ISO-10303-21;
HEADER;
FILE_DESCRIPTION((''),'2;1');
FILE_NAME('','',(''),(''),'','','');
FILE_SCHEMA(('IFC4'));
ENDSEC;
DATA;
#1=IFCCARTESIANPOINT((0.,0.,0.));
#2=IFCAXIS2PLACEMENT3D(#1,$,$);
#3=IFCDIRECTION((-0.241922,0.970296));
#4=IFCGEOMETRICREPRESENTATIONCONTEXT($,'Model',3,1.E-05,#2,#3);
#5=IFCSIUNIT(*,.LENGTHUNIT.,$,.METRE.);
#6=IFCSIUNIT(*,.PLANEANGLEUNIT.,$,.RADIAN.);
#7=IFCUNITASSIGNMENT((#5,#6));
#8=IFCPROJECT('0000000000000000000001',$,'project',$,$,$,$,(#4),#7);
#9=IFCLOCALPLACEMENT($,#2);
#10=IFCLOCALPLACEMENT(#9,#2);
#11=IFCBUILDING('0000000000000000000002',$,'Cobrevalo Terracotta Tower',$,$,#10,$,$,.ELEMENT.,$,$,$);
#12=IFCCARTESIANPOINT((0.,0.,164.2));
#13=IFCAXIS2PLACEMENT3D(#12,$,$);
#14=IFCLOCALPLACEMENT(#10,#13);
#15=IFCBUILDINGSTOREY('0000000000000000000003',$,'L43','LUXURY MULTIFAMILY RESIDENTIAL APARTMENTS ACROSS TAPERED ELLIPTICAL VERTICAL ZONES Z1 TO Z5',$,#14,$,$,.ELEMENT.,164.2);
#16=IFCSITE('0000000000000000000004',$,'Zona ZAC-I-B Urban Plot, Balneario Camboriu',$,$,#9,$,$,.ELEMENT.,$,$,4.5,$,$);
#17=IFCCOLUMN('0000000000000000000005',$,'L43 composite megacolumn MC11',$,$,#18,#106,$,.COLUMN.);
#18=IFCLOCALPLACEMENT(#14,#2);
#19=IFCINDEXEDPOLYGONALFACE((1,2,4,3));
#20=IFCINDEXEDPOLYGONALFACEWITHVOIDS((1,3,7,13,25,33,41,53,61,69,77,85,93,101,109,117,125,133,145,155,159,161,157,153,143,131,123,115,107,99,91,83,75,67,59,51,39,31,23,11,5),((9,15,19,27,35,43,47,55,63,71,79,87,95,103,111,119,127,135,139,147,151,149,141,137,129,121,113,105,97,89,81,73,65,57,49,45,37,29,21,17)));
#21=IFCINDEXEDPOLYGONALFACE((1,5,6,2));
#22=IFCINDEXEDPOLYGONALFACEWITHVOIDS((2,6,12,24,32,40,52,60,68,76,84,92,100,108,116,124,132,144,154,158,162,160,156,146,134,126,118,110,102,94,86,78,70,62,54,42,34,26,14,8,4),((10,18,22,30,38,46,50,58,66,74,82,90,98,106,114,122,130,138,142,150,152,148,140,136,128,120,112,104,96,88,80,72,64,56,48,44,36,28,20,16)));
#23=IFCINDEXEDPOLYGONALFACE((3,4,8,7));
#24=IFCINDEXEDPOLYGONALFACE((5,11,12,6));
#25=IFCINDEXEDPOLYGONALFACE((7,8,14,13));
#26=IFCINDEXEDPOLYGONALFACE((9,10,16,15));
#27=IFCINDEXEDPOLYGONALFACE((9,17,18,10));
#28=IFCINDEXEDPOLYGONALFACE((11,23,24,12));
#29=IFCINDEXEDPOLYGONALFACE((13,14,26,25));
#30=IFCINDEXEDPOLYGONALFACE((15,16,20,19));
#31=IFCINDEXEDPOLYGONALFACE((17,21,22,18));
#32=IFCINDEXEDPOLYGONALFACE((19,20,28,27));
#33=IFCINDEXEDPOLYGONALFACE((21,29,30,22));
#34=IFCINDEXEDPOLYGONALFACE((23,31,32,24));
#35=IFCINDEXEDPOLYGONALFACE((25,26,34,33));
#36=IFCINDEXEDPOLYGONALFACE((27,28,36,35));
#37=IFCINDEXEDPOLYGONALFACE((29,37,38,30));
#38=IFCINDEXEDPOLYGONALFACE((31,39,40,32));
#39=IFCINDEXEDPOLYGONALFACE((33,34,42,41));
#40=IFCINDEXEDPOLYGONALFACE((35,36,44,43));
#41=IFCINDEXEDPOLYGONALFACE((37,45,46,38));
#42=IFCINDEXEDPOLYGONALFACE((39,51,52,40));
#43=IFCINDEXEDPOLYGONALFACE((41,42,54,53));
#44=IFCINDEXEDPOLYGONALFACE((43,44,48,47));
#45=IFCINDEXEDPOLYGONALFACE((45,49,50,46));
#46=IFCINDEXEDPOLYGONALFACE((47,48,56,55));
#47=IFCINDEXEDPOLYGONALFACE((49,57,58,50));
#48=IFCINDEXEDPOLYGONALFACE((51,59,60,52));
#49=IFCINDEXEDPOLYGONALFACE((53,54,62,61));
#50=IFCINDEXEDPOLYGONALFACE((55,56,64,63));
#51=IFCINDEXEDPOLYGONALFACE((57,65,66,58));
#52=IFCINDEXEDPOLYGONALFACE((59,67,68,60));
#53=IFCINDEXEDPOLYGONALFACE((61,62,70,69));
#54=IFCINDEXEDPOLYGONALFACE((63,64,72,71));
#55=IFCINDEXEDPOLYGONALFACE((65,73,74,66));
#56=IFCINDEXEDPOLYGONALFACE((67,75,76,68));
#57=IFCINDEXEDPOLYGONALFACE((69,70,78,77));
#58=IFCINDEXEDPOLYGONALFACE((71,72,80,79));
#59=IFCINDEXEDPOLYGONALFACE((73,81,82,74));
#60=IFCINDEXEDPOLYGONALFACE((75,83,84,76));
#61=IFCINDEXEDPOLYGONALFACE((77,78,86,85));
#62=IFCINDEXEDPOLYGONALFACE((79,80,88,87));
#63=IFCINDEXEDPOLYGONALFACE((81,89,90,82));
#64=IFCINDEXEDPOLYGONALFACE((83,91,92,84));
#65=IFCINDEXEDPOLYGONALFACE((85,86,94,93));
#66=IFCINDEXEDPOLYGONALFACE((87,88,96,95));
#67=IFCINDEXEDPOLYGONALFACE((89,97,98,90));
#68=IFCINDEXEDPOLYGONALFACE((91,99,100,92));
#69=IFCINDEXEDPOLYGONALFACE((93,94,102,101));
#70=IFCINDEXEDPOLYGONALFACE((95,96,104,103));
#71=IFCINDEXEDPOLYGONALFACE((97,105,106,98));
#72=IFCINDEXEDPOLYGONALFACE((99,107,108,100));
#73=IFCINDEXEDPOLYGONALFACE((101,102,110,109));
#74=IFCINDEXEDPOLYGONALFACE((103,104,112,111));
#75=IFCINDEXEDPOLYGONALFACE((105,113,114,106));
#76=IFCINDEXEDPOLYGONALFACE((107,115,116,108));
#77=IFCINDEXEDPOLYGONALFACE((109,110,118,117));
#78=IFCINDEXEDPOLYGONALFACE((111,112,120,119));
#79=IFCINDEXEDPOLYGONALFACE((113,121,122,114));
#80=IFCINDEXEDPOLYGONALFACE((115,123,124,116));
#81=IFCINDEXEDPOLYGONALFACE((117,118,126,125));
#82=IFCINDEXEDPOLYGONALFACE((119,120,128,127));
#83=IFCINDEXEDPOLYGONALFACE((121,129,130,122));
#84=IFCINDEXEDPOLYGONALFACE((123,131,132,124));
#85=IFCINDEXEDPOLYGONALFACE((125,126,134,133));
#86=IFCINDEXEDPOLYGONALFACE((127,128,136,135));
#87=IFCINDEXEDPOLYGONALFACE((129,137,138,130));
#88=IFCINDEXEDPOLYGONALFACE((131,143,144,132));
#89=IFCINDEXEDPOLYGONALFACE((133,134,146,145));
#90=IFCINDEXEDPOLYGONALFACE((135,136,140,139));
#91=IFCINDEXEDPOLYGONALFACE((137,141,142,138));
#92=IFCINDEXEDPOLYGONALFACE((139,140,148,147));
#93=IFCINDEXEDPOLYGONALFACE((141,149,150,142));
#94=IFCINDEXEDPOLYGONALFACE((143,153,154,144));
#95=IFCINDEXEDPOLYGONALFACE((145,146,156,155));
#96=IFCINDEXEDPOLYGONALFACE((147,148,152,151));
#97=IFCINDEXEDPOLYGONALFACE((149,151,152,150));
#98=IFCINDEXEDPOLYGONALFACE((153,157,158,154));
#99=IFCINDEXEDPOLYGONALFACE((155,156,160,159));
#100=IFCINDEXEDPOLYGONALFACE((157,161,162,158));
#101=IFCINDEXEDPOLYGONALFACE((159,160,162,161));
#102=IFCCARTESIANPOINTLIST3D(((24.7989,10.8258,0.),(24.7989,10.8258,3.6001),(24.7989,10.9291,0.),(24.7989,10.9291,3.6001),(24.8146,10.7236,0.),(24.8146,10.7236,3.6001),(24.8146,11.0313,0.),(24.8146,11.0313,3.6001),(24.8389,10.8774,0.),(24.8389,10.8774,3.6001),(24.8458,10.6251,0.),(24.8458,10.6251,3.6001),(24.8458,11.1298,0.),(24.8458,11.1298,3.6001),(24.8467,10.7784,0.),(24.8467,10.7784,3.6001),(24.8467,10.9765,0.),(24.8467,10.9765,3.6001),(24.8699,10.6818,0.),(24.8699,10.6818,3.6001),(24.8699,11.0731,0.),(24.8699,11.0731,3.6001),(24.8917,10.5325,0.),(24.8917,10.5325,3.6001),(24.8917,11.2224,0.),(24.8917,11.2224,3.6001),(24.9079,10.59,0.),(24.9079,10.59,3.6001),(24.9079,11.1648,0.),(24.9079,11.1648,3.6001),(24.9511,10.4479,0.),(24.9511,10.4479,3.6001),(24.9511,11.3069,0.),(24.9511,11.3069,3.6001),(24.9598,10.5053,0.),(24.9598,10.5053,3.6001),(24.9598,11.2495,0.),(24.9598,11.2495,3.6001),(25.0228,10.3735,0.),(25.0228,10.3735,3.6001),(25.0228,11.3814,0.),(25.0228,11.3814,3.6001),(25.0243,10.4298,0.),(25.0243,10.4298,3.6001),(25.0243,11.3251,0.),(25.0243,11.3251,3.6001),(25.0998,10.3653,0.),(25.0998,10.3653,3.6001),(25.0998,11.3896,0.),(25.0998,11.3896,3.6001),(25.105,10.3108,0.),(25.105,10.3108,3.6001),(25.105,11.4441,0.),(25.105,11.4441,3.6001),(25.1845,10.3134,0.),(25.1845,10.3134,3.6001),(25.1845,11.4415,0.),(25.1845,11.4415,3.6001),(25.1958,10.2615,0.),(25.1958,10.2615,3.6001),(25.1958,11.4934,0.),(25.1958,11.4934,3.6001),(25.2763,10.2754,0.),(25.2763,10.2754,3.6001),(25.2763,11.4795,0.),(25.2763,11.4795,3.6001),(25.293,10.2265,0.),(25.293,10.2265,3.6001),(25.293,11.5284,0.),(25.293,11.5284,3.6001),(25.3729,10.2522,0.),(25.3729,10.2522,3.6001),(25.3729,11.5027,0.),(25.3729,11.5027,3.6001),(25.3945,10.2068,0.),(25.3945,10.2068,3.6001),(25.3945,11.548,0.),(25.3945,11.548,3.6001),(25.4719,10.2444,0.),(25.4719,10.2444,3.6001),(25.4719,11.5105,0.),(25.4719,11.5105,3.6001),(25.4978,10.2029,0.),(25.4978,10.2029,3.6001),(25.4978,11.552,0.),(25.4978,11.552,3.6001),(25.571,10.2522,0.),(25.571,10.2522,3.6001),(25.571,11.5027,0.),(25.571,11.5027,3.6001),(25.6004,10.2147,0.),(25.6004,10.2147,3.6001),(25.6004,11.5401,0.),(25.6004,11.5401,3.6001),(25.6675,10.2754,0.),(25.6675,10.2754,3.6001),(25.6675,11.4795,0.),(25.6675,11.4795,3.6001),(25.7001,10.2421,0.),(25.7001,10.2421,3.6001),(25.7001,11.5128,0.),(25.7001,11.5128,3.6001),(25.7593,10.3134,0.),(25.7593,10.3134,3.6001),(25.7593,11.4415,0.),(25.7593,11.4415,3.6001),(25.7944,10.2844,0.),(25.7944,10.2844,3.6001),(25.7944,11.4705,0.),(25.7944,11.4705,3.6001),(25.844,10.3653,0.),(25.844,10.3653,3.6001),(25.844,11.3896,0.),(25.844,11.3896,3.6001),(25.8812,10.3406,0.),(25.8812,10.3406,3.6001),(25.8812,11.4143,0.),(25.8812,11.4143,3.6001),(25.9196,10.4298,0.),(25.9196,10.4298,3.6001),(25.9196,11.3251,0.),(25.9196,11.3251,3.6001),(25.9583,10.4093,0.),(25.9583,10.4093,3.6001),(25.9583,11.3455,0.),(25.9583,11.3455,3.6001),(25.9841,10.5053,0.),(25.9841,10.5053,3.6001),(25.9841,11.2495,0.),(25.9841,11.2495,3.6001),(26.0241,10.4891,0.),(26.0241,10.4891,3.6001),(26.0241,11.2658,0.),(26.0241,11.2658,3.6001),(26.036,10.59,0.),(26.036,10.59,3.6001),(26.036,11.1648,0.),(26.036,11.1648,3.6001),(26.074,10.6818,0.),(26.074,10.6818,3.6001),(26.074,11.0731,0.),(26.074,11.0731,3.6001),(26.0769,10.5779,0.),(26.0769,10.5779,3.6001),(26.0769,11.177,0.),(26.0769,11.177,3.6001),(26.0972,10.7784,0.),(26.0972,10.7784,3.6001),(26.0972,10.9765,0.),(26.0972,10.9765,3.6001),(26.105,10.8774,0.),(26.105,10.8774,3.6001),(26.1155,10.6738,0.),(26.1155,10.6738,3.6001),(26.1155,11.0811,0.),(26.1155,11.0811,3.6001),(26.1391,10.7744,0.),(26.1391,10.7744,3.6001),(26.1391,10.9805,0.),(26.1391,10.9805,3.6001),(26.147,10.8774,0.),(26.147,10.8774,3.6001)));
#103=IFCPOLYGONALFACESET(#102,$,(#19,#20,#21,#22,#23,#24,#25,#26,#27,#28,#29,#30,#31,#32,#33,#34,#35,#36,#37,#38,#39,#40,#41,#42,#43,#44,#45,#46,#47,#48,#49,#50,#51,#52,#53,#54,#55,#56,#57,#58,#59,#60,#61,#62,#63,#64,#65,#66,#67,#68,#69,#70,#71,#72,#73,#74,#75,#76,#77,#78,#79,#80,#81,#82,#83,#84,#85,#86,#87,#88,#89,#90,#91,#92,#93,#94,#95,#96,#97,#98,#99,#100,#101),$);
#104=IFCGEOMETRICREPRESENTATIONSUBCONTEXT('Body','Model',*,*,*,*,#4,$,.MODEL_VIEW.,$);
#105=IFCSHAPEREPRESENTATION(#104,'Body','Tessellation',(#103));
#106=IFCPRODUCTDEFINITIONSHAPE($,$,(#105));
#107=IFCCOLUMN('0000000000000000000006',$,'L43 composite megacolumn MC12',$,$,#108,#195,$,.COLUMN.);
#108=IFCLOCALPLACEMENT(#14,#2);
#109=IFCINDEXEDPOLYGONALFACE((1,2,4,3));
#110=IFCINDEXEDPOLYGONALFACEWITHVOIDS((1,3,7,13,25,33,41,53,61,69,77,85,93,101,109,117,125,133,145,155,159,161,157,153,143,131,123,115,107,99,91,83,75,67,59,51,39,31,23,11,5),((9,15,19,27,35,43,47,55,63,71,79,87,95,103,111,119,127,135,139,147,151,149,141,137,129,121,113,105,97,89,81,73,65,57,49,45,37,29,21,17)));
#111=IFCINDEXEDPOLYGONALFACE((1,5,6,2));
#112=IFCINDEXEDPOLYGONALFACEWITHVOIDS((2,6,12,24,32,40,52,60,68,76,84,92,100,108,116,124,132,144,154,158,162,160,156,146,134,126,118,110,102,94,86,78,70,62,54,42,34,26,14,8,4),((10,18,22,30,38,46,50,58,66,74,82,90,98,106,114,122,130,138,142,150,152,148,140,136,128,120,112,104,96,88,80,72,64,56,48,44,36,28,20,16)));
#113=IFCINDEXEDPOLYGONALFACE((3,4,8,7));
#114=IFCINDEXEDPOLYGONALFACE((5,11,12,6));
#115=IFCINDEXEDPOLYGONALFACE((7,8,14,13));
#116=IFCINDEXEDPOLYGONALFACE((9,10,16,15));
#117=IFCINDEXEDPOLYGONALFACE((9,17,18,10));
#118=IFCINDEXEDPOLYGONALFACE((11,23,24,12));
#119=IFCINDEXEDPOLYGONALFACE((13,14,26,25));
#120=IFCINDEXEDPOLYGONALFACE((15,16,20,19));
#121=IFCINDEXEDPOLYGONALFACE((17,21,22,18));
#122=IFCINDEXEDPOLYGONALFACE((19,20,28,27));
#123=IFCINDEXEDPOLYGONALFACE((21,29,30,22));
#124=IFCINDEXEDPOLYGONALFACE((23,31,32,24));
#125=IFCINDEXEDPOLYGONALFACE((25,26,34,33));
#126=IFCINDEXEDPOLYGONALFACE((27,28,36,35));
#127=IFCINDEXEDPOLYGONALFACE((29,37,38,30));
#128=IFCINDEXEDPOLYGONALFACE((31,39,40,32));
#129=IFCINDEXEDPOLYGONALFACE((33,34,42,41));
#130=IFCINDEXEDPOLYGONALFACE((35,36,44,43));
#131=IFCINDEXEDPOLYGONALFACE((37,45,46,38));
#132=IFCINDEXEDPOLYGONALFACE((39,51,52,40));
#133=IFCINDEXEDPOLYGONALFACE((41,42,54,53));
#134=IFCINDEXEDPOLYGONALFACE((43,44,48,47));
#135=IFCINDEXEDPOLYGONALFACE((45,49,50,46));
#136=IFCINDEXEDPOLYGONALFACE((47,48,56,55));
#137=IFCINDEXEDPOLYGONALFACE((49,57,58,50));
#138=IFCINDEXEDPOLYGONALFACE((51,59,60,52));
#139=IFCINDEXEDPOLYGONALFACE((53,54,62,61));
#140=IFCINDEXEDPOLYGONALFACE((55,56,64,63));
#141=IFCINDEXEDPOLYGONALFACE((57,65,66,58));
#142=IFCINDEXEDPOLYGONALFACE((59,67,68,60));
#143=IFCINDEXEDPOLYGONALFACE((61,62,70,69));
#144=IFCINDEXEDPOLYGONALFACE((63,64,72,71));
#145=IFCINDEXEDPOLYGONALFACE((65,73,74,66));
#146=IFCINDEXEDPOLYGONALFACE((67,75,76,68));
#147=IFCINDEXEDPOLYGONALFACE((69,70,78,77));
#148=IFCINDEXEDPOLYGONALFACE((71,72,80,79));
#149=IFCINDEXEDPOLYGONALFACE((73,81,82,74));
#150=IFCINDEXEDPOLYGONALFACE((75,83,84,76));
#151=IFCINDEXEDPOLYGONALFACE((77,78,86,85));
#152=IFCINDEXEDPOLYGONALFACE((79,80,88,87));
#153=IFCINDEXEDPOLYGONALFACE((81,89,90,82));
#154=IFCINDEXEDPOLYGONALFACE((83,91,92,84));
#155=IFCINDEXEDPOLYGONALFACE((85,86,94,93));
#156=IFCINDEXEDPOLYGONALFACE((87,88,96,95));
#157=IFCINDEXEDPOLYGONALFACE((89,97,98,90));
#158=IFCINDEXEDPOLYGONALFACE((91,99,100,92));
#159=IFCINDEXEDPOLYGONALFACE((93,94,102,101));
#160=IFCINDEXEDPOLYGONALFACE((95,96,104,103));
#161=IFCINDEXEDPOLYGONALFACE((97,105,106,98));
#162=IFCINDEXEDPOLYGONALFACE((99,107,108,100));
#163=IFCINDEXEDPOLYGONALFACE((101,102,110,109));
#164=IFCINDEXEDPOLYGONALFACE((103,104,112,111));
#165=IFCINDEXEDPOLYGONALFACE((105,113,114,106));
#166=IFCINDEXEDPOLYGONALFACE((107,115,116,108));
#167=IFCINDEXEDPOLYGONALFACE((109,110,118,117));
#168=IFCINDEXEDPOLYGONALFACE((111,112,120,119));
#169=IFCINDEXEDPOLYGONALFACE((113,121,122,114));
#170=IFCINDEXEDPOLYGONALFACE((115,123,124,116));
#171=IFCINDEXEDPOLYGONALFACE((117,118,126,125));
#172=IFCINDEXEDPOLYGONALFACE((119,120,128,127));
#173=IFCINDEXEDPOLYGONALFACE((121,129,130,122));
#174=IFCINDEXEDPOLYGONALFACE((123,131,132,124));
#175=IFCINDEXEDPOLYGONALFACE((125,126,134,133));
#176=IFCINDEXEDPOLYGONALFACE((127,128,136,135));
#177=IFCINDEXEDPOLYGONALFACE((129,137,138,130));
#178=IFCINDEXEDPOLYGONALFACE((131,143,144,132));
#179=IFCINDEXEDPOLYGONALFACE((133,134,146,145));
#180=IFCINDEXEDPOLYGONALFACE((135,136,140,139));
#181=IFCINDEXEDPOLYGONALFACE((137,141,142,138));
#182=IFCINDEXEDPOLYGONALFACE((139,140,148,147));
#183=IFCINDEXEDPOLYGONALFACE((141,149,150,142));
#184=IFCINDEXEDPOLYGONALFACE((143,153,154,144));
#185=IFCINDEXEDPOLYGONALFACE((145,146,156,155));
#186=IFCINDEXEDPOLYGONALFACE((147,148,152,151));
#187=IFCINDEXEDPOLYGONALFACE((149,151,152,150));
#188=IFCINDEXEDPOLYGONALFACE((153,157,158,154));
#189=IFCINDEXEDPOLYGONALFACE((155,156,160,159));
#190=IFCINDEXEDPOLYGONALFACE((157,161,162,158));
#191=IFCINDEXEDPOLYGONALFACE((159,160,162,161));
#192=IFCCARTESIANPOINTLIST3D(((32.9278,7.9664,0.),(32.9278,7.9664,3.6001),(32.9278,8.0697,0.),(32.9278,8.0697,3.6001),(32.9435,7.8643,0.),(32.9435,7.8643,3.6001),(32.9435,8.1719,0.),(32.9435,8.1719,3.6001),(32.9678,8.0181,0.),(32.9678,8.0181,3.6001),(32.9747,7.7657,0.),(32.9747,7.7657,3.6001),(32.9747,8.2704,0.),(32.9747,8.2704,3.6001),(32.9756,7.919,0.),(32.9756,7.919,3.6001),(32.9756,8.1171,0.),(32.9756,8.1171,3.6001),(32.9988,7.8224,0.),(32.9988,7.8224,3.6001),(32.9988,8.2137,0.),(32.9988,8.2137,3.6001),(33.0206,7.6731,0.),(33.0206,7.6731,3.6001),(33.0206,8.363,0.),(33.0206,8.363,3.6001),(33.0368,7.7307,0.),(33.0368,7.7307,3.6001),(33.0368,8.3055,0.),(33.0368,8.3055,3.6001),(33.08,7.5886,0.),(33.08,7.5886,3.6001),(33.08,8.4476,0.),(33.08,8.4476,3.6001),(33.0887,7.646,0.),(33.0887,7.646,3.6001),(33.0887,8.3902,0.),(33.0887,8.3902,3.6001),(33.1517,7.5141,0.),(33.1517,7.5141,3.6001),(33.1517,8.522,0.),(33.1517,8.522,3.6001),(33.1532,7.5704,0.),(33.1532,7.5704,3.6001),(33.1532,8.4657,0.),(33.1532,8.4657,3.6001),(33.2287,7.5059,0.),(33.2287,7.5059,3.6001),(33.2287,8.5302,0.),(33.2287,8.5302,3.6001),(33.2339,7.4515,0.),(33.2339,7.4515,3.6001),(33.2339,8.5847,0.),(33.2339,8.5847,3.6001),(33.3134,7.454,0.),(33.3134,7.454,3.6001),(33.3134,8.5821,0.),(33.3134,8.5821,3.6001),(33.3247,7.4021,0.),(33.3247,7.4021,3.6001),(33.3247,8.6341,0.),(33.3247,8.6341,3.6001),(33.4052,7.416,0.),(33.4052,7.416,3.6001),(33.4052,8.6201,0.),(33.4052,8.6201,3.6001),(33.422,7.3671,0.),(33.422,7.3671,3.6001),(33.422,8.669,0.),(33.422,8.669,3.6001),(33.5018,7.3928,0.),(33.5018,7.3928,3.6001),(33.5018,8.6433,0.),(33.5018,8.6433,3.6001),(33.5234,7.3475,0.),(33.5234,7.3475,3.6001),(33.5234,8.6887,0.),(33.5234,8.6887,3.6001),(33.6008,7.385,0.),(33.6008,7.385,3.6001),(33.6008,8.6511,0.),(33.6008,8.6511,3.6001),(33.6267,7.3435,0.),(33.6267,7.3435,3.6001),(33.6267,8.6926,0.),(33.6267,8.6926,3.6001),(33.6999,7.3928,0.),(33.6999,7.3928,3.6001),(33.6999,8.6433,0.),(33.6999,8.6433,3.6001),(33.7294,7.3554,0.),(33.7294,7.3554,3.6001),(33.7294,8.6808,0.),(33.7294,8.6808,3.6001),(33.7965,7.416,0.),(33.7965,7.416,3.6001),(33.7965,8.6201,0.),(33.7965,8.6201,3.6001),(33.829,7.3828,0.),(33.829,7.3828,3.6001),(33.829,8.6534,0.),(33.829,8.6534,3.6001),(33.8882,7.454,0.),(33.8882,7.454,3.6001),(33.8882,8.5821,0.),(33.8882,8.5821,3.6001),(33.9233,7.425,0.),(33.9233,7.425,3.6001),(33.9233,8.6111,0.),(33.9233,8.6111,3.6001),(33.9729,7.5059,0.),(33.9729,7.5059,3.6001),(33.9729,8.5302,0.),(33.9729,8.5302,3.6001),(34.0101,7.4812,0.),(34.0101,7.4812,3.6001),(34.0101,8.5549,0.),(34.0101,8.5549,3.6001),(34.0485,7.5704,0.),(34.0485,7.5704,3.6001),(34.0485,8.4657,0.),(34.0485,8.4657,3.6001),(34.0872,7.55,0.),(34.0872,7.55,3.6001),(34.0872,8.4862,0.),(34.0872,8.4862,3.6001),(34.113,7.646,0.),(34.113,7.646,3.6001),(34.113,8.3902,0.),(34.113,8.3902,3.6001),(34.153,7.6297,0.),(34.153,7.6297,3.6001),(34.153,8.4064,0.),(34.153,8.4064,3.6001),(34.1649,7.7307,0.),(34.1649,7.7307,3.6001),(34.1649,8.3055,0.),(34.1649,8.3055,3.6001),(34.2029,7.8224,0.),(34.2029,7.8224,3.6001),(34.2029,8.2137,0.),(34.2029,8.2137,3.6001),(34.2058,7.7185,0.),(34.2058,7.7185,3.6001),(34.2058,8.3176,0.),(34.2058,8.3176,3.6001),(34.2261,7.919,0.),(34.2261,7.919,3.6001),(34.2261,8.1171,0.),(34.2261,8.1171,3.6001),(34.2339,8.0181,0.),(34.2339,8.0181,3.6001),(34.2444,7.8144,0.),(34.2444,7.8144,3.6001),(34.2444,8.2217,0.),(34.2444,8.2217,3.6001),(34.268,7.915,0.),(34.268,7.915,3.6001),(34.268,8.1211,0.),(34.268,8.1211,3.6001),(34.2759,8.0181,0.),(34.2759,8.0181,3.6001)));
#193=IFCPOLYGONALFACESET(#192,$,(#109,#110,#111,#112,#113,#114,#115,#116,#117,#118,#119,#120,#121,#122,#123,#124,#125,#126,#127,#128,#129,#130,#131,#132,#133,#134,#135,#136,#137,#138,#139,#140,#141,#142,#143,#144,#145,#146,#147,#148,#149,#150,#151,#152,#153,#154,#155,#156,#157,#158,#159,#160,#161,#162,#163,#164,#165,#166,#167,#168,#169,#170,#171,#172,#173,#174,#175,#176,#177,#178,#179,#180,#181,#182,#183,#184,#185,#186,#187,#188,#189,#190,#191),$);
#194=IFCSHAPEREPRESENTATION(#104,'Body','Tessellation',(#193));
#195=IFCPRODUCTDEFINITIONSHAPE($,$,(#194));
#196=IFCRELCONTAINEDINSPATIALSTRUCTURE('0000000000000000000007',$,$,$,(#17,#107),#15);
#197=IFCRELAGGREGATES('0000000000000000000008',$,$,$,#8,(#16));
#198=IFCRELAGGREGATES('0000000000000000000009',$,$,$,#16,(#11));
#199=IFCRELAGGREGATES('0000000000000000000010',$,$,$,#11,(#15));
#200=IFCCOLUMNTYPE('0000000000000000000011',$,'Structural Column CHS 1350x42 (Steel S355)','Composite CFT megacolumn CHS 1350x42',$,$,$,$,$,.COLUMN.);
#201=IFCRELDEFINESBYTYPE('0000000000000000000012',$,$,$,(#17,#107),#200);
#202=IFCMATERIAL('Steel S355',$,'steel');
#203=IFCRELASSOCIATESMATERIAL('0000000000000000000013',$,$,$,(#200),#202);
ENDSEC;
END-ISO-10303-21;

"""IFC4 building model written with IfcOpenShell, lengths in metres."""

from ifc_helpers import new_model, si_unit, direction, frame, origin, origin_2d, place, context, subcontext, project, spatial, hollow_circle, extrude, material, material_profile, profile_set, type_object, element, save


model = new_model("IFC4")

# Units and contexts
model_context = context("Model", 3, precision=1e-05, world=origin(), true_north=direction((-0.241922, 0.970296)))
body_context = subcontext(model_context, "Body", "Model", "MODEL_VIEW")
ifc_project = project(units=[si_unit("LENGTHUNIT", "METRE"), si_unit("PLANEANGLEUNIT", "RADIAN")], contexts=[model_context])

# Site, building, storey
site_placement = place(None, origin())
site = spatial("IfcSite", under=ifc_project, at=site_placement, Name="Zona ZAC-I-B Urban Plot, Balneario Camboriu", CompositionType="ELEMENT", RefElevation=4.5)
building_placement = place(site_placement, origin())
building = spatial("IfcBuilding", under=site, at=building_placement, Name="Cobrevalo Terracotta Tower", CompositionType="ELEMENT")
storey_placement = place(building_placement, frame((0.0, 0.0, 164.2)))
storey = spatial("IfcBuildingStorey", under=building, at=storey_placement, Name="L43", Description="LUXURY MULTIFAMILY RESIDENTIAL APARTMENTS ACROSS TAPERED ELLIPTICAL VERTICAL ZONES Z1 TO Z5", CompositionType="ELEMENT", Elevation=164.2)

# Columns
ifc_material_1 = material(Name="Steel S355", Category="steel")
ifc_material_profile_1 = material_profile(ifc_material_1, hollow_circle(Radius=0.675, WallThickness=0.042, at=origin_2d()), Name="CHS 1350x42")
ifc_profile_set_1 = profile_set([ifc_material_profile_1], Name="Steel S355")
column_type = type_object("IfcColumnType", Name="Structural Column CHS 1350x42 (Steel S355)", Description="Composite CFT megacolumn CHS 1350x42", PredefinedType="COLUMN", material=ifc_profile_set_1)
for number, where, z_axis, x_axis, name in (
    (1, (25.4719, 10.8774, 0.0), (0.0, 0.0, 1.0), (1.0, 0.0, 0.0), "L43 composite megacolumn MC11"),
    (2, (33.6008, 8.0181, 0.0), (0.0, 0.0, 1.0), (1.0, 0.0, 0.0), "L43 composite megacolumn MC12"),
):
    element("IfcColumn", number, at=place(storey_placement, frame(where, z_axis=z_axis, x_axis=x_axis)), inside=storey, type_object=column_type, Name=name, PredefinedType="COLUMN", context=body_context, shape_type="SweptSolid", body=[
        extrude(hollow_circle(Radius=0.675, WallThickness=0.042, at=origin_2d()), origin(), (0.0, 0.0, 1.0), 3.6001),
    ])

save(model, "model.ifc")
